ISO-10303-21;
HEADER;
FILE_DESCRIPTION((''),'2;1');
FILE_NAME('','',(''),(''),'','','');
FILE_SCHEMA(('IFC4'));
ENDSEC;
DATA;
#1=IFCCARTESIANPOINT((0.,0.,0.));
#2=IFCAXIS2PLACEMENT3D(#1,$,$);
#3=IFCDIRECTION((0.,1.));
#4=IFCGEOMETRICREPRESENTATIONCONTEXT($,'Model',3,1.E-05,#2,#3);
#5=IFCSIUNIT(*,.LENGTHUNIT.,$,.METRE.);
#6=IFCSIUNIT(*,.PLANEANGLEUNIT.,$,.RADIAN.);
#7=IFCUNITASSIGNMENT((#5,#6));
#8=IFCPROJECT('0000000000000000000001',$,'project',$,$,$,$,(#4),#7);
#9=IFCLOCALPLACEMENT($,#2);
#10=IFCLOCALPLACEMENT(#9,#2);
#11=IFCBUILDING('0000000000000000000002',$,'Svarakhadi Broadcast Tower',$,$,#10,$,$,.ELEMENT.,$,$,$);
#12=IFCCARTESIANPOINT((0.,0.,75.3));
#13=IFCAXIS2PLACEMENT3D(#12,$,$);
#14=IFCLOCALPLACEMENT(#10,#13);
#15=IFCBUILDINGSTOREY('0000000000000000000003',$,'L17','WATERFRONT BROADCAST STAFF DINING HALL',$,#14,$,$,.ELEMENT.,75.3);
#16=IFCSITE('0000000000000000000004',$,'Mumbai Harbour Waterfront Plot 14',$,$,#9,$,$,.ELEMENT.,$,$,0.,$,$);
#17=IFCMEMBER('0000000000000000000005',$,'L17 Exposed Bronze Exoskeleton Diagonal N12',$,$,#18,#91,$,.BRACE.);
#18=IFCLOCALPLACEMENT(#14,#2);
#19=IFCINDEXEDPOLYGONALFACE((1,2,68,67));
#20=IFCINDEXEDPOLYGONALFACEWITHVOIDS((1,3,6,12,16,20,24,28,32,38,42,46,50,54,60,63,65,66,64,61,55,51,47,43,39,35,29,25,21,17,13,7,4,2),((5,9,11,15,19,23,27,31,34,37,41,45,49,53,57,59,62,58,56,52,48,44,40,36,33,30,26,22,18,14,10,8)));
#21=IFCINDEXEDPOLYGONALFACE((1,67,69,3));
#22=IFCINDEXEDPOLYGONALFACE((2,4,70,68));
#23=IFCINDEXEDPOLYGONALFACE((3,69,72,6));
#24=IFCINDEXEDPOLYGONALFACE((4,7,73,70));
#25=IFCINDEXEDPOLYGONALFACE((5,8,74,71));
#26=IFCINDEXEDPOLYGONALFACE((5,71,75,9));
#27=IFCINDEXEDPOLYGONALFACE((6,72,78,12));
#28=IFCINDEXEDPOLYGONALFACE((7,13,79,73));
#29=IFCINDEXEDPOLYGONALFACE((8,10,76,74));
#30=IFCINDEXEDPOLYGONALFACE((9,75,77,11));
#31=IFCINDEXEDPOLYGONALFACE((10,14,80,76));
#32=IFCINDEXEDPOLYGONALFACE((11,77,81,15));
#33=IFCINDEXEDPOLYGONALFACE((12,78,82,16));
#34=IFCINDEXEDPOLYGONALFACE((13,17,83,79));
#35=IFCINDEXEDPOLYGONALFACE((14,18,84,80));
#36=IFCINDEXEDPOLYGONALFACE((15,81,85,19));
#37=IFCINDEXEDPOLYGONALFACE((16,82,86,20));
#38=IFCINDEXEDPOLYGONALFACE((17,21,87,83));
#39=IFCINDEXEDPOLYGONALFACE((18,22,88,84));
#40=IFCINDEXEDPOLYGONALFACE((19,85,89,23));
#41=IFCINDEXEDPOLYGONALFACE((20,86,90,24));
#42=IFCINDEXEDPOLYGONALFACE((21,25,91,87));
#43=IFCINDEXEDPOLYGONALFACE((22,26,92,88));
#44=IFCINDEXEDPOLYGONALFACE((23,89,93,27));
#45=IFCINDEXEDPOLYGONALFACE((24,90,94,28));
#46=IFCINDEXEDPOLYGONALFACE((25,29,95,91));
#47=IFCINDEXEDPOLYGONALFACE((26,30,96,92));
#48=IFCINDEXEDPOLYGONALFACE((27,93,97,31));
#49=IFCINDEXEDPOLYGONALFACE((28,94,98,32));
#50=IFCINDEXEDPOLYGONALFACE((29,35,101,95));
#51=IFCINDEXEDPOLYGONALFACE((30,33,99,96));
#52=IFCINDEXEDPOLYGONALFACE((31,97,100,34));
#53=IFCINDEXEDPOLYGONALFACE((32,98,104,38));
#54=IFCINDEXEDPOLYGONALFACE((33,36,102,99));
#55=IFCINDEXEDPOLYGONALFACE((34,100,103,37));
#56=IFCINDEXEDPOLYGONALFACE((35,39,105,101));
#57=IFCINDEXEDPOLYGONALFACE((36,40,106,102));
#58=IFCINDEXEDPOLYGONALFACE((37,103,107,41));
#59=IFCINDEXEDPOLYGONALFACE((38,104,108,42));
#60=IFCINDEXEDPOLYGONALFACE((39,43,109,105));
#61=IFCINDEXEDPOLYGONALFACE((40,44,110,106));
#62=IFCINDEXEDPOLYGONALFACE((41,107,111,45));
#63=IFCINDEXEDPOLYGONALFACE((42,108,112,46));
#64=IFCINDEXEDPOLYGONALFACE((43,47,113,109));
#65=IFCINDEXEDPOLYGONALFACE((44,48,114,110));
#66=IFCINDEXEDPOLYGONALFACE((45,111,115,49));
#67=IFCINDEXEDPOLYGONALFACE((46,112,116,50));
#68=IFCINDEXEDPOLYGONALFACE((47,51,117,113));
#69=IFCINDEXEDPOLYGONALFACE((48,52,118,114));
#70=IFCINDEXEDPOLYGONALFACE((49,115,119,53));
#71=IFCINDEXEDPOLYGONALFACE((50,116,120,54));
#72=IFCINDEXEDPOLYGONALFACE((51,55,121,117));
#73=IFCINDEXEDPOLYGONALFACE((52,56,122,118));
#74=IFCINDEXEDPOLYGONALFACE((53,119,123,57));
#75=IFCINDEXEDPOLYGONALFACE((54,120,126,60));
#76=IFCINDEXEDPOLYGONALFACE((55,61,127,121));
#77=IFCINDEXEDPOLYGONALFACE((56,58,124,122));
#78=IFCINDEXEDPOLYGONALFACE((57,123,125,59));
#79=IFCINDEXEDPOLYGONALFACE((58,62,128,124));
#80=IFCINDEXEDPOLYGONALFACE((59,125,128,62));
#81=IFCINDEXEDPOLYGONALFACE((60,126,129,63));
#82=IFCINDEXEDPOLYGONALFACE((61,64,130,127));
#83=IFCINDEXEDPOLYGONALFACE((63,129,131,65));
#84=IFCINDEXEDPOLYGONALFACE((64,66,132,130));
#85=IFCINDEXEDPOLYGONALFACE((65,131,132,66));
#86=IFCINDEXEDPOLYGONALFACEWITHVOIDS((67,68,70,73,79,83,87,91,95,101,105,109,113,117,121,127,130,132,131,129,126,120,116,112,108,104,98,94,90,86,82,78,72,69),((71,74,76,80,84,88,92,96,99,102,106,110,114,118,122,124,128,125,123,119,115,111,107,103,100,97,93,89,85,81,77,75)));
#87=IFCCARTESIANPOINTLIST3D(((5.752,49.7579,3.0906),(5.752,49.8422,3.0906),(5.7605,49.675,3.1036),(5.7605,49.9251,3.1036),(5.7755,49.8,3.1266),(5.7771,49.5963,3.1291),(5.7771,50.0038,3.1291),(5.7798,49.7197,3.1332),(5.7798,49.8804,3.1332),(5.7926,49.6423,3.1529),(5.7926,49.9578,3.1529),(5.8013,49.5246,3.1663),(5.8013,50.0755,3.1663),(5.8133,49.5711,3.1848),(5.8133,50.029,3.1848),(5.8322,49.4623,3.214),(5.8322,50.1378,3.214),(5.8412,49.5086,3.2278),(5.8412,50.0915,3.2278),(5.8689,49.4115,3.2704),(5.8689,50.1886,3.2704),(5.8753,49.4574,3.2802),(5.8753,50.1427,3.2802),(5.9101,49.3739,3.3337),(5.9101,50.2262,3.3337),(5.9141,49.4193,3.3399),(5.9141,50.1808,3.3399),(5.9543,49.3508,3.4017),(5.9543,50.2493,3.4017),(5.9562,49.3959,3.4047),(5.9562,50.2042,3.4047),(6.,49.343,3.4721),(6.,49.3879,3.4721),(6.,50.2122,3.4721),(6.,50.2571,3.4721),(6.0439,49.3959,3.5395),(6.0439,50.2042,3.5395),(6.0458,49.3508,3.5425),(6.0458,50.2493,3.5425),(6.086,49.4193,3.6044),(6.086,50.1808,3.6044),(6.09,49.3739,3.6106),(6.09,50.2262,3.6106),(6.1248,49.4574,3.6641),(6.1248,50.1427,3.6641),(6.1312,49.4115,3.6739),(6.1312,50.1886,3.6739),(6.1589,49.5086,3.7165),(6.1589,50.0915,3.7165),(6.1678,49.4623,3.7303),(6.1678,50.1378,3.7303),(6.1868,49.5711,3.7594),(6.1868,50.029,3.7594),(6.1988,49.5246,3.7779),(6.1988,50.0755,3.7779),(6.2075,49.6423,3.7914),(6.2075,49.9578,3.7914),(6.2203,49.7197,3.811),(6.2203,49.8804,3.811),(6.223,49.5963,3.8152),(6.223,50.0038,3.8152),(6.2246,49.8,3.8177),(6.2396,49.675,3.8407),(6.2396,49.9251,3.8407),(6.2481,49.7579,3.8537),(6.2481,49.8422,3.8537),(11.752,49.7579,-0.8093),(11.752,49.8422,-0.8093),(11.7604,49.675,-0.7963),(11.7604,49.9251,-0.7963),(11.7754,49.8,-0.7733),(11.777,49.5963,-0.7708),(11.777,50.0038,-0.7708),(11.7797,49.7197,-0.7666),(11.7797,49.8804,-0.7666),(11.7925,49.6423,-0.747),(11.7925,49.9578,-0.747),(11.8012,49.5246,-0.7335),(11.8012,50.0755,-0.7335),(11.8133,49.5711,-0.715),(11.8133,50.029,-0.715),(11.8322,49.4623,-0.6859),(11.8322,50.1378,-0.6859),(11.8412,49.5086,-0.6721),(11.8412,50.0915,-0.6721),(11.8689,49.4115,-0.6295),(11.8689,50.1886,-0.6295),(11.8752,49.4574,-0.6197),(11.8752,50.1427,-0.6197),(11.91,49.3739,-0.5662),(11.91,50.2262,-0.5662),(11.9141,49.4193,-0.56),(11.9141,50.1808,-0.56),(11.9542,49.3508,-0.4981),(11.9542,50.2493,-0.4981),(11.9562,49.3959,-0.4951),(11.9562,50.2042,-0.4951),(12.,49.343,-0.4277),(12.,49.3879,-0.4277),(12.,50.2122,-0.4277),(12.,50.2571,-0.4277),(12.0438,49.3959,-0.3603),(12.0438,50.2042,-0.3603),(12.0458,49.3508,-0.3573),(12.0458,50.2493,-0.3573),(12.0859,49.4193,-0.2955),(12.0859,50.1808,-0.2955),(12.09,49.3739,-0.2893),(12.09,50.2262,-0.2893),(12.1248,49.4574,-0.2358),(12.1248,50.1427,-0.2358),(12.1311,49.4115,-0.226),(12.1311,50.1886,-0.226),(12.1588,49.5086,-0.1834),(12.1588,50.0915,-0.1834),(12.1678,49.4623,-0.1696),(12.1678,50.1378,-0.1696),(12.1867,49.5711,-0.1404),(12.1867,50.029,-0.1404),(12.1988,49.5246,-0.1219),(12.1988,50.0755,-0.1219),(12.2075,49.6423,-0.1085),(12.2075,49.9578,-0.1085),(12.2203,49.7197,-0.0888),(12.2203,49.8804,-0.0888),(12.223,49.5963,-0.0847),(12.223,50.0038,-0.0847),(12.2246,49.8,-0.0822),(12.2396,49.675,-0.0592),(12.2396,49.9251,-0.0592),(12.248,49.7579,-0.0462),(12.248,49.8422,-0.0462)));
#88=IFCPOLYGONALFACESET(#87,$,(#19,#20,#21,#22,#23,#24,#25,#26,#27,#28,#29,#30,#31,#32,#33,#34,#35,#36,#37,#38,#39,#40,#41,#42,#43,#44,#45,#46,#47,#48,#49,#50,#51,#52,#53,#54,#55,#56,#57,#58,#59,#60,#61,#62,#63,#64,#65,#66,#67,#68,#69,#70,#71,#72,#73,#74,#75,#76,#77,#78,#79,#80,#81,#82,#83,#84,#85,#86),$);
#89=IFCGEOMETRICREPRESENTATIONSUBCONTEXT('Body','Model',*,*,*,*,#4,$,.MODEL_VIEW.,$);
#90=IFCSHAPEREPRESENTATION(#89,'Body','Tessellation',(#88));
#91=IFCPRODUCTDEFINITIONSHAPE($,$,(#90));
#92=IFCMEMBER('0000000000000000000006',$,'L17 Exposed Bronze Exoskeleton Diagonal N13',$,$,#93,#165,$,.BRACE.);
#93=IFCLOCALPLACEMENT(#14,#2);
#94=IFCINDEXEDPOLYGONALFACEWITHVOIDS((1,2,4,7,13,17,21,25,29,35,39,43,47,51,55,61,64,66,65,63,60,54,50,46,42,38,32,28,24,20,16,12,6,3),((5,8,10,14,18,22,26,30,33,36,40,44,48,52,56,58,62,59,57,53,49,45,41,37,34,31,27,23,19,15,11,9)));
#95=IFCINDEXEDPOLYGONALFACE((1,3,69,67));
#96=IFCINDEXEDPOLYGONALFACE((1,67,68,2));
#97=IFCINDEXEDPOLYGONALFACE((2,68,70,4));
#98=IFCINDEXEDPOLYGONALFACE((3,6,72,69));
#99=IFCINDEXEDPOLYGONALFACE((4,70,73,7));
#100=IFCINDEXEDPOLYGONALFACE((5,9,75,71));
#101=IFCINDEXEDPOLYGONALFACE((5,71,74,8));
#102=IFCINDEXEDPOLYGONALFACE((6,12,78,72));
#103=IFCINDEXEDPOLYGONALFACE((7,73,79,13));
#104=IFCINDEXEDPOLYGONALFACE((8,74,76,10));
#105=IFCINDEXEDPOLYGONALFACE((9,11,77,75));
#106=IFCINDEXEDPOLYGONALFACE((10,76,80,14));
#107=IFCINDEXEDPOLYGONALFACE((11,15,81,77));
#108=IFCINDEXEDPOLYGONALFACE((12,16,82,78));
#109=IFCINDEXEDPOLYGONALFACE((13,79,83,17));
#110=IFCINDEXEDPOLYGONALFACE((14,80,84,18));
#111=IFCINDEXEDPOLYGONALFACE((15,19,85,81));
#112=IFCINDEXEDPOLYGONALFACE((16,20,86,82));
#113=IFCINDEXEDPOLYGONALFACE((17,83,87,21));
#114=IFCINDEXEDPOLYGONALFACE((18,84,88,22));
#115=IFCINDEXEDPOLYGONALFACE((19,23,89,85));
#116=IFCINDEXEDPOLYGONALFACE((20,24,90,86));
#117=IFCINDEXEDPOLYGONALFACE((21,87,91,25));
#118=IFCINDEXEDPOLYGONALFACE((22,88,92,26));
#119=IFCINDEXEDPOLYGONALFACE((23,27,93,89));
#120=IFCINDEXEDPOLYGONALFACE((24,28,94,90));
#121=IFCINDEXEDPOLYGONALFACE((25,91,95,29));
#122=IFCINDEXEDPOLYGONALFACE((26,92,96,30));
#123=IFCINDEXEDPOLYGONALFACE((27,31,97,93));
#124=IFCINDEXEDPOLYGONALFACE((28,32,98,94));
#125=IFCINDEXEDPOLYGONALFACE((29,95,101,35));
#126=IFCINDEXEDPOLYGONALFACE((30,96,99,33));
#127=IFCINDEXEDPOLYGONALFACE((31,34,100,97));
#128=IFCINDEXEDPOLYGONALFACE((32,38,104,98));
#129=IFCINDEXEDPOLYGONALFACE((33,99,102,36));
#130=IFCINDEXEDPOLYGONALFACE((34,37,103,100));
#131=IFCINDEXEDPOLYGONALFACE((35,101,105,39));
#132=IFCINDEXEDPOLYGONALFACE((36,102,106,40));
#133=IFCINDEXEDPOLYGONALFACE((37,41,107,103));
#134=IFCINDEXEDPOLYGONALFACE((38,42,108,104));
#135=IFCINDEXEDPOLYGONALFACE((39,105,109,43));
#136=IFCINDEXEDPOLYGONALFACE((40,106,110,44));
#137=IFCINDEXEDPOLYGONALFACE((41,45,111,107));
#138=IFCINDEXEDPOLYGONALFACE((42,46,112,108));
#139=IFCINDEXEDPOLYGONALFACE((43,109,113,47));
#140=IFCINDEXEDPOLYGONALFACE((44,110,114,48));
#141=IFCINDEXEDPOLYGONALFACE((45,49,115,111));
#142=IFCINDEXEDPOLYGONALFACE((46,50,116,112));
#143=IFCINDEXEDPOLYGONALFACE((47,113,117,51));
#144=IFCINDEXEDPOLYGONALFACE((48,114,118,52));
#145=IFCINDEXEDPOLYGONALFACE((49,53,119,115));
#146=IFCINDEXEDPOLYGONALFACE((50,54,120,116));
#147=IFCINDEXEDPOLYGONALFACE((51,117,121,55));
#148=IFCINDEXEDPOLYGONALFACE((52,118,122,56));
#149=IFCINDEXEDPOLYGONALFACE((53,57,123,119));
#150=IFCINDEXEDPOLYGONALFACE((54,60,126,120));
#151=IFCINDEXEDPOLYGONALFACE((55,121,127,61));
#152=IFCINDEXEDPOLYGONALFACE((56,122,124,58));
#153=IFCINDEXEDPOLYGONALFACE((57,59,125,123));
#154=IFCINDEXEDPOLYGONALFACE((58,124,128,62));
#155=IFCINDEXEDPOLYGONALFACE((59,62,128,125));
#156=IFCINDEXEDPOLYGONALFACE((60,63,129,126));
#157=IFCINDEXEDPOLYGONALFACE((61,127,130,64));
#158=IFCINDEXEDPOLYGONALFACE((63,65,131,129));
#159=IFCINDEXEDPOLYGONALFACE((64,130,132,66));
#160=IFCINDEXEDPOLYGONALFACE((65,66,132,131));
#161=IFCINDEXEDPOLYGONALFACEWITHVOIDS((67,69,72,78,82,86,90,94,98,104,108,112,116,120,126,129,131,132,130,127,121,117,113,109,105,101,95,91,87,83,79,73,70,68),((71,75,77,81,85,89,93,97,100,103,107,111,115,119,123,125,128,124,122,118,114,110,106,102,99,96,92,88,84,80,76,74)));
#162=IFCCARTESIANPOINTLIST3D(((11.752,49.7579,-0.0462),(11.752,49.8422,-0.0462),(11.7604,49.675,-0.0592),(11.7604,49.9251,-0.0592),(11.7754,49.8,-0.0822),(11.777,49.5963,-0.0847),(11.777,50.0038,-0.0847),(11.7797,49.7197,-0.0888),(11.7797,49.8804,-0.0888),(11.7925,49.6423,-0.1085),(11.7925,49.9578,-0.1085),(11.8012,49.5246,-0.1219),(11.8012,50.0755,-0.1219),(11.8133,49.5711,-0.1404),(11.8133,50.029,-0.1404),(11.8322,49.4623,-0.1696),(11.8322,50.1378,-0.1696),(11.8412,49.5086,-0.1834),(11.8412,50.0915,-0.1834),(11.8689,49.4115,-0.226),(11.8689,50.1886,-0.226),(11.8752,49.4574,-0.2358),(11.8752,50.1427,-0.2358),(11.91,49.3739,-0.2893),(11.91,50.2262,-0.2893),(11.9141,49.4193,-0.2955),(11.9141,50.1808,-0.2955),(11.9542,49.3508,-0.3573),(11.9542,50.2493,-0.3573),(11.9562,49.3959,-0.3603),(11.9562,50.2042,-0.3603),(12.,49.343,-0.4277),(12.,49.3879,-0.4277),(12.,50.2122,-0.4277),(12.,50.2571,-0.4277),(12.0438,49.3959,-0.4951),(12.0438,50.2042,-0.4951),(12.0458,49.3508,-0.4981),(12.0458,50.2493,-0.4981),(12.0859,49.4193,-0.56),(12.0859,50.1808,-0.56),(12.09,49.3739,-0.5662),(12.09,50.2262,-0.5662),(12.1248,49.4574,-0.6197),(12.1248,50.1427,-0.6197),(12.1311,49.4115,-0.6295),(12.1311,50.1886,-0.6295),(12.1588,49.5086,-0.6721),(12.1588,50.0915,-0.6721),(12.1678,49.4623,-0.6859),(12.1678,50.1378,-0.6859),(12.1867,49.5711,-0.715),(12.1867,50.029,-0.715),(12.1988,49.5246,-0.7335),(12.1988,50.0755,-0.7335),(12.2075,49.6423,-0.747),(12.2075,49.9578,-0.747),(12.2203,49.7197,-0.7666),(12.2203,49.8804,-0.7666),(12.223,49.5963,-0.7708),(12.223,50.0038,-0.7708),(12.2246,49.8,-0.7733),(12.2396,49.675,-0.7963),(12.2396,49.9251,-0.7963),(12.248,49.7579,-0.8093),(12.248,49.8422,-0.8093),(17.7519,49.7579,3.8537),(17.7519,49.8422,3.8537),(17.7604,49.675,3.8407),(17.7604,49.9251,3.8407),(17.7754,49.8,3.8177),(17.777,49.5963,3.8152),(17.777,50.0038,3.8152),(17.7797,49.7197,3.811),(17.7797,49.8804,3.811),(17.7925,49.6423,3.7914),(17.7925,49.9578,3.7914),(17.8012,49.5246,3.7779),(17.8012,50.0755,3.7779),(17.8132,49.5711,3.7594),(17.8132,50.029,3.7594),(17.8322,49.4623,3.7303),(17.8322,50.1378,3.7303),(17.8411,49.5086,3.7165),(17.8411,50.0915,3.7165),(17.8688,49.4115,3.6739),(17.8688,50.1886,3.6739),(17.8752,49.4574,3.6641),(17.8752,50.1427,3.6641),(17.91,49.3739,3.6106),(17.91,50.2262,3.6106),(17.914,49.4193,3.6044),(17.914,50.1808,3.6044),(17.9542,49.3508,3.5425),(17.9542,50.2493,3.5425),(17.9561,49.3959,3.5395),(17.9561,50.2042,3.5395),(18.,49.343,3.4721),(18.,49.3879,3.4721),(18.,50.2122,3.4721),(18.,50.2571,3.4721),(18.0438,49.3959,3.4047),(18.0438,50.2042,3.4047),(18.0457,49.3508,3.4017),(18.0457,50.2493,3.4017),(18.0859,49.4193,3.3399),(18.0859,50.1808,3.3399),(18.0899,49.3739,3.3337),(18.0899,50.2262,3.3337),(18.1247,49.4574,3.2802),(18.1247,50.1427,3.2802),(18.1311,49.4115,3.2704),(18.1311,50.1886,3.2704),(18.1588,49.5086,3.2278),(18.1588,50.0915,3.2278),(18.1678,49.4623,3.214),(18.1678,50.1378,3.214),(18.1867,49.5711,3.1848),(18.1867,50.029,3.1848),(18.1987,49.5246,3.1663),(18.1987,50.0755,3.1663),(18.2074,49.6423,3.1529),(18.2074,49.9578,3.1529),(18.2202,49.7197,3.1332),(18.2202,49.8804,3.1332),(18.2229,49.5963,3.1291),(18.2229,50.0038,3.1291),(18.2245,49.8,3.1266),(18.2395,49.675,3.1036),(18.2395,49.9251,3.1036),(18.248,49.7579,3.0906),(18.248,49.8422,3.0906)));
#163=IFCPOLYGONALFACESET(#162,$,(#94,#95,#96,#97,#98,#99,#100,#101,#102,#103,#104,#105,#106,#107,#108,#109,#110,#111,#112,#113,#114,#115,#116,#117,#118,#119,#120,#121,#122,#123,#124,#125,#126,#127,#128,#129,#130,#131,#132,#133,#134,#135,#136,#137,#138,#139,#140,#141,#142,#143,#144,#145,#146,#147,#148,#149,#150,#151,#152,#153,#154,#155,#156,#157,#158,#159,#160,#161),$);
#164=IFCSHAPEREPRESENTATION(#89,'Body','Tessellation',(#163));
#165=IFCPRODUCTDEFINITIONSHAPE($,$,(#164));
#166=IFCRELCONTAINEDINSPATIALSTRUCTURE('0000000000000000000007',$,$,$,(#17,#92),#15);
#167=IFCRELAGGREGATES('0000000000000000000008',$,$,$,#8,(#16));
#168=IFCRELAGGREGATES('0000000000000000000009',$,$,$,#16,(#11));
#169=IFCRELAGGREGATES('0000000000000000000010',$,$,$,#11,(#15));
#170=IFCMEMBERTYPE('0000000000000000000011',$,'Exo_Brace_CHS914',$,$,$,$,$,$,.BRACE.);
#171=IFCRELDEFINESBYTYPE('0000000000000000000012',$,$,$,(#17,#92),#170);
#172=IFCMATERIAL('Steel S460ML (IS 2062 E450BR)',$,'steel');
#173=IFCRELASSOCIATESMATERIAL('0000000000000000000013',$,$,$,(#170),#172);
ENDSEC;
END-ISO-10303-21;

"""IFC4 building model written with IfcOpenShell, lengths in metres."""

from ifc_helpers import new_model, si_unit, direction, frame, origin, origin_2d, place, context, subcontext, project, spatial, hollow_circle, extrude, material, material_profile, profile_set, type_object, element, save


model = new_model("IFC4")

# Units and contexts
model_context = context("Model", 3, precision=1e-05, world=origin(), true_north=direction((0.0, 1.0)))
body_context = subcontext(model_context, "Body", "Model", "MODEL_VIEW")
ifc_project = project(units=[si_unit("LENGTHUNIT", "METRE"), si_unit("PLANEANGLEUNIT", "RADIAN")], contexts=[model_context])

# Site, building, storey
site_placement = place(None, origin())
site = spatial("IfcSite", under=ifc_project, at=site_placement, Name="Mumbai Harbour Waterfront Plot 14", CompositionType="ELEMENT", RefElevation=0.0)
building_placement = place(site_placement, origin())
building = spatial("IfcBuilding", under=site, at=building_placement, Name="Svarakhadi Broadcast Tower", CompositionType="ELEMENT")
storey_placement = place(building_placement, frame((0.0, 0.0, 75.3)))
storey = spatial("IfcBuildingStorey", under=building, at=storey_placement, Name="L17", Description="WATERFRONT BROADCAST STAFF DINING HALL", CompositionType="ELEMENT", Elevation=75.3)

# Shared definitions
ifc_material_1 = material(Name="Steel S460ML (IS 2062 E450BR)", Category="steel")

# Members
ifc_material_profile_1 = material_profile(ifc_material_1, hollow_circle(Radius=0.457, WallThickness=0.0449, at=origin_2d()), Name="CHS 914x45")
ifc_profile_set_1 = profile_set([ifc_material_profile_1], Name="Steel S460ML (IS 2062 E450BR)")
member_type_1 = type_object("IfcMemberType", Name="Exo_Brace_CHS914", PredefinedType="BRACE", material=ifc_profile_set_1)
for number, where, z_axis, x_axis, name in (
    (1, (12.0, 49.8, -0.4277), (-0.83845, 0.0, 0.544979), (0.0, -1.0, 0.0), "L17 Exposed Bronze Exoskeleton Diagonal N12"),
    (2, (12.0, 49.8, -0.4277), (0.83845, 0.0, 0.544979), (0.0, 1.0, 0.0), "L17 Exposed Bronze Exoskeleton Diagonal N13"),
):
    element("IfcMember", number, at=place(storey_placement, frame(where, z_axis=z_axis, x_axis=x_axis)), inside=storey, type_object=member_type_1, Name=name, PredefinedType="BRACE", context=body_context, shape_type="SweptSolid", body=[
        extrude(hollow_circle(Radius=0.457, WallThickness=0.0449, at=origin_2d()), origin(), (0.0, 0.0, 1.0), 7.156),
    ])

save(model, "model.ifc")
